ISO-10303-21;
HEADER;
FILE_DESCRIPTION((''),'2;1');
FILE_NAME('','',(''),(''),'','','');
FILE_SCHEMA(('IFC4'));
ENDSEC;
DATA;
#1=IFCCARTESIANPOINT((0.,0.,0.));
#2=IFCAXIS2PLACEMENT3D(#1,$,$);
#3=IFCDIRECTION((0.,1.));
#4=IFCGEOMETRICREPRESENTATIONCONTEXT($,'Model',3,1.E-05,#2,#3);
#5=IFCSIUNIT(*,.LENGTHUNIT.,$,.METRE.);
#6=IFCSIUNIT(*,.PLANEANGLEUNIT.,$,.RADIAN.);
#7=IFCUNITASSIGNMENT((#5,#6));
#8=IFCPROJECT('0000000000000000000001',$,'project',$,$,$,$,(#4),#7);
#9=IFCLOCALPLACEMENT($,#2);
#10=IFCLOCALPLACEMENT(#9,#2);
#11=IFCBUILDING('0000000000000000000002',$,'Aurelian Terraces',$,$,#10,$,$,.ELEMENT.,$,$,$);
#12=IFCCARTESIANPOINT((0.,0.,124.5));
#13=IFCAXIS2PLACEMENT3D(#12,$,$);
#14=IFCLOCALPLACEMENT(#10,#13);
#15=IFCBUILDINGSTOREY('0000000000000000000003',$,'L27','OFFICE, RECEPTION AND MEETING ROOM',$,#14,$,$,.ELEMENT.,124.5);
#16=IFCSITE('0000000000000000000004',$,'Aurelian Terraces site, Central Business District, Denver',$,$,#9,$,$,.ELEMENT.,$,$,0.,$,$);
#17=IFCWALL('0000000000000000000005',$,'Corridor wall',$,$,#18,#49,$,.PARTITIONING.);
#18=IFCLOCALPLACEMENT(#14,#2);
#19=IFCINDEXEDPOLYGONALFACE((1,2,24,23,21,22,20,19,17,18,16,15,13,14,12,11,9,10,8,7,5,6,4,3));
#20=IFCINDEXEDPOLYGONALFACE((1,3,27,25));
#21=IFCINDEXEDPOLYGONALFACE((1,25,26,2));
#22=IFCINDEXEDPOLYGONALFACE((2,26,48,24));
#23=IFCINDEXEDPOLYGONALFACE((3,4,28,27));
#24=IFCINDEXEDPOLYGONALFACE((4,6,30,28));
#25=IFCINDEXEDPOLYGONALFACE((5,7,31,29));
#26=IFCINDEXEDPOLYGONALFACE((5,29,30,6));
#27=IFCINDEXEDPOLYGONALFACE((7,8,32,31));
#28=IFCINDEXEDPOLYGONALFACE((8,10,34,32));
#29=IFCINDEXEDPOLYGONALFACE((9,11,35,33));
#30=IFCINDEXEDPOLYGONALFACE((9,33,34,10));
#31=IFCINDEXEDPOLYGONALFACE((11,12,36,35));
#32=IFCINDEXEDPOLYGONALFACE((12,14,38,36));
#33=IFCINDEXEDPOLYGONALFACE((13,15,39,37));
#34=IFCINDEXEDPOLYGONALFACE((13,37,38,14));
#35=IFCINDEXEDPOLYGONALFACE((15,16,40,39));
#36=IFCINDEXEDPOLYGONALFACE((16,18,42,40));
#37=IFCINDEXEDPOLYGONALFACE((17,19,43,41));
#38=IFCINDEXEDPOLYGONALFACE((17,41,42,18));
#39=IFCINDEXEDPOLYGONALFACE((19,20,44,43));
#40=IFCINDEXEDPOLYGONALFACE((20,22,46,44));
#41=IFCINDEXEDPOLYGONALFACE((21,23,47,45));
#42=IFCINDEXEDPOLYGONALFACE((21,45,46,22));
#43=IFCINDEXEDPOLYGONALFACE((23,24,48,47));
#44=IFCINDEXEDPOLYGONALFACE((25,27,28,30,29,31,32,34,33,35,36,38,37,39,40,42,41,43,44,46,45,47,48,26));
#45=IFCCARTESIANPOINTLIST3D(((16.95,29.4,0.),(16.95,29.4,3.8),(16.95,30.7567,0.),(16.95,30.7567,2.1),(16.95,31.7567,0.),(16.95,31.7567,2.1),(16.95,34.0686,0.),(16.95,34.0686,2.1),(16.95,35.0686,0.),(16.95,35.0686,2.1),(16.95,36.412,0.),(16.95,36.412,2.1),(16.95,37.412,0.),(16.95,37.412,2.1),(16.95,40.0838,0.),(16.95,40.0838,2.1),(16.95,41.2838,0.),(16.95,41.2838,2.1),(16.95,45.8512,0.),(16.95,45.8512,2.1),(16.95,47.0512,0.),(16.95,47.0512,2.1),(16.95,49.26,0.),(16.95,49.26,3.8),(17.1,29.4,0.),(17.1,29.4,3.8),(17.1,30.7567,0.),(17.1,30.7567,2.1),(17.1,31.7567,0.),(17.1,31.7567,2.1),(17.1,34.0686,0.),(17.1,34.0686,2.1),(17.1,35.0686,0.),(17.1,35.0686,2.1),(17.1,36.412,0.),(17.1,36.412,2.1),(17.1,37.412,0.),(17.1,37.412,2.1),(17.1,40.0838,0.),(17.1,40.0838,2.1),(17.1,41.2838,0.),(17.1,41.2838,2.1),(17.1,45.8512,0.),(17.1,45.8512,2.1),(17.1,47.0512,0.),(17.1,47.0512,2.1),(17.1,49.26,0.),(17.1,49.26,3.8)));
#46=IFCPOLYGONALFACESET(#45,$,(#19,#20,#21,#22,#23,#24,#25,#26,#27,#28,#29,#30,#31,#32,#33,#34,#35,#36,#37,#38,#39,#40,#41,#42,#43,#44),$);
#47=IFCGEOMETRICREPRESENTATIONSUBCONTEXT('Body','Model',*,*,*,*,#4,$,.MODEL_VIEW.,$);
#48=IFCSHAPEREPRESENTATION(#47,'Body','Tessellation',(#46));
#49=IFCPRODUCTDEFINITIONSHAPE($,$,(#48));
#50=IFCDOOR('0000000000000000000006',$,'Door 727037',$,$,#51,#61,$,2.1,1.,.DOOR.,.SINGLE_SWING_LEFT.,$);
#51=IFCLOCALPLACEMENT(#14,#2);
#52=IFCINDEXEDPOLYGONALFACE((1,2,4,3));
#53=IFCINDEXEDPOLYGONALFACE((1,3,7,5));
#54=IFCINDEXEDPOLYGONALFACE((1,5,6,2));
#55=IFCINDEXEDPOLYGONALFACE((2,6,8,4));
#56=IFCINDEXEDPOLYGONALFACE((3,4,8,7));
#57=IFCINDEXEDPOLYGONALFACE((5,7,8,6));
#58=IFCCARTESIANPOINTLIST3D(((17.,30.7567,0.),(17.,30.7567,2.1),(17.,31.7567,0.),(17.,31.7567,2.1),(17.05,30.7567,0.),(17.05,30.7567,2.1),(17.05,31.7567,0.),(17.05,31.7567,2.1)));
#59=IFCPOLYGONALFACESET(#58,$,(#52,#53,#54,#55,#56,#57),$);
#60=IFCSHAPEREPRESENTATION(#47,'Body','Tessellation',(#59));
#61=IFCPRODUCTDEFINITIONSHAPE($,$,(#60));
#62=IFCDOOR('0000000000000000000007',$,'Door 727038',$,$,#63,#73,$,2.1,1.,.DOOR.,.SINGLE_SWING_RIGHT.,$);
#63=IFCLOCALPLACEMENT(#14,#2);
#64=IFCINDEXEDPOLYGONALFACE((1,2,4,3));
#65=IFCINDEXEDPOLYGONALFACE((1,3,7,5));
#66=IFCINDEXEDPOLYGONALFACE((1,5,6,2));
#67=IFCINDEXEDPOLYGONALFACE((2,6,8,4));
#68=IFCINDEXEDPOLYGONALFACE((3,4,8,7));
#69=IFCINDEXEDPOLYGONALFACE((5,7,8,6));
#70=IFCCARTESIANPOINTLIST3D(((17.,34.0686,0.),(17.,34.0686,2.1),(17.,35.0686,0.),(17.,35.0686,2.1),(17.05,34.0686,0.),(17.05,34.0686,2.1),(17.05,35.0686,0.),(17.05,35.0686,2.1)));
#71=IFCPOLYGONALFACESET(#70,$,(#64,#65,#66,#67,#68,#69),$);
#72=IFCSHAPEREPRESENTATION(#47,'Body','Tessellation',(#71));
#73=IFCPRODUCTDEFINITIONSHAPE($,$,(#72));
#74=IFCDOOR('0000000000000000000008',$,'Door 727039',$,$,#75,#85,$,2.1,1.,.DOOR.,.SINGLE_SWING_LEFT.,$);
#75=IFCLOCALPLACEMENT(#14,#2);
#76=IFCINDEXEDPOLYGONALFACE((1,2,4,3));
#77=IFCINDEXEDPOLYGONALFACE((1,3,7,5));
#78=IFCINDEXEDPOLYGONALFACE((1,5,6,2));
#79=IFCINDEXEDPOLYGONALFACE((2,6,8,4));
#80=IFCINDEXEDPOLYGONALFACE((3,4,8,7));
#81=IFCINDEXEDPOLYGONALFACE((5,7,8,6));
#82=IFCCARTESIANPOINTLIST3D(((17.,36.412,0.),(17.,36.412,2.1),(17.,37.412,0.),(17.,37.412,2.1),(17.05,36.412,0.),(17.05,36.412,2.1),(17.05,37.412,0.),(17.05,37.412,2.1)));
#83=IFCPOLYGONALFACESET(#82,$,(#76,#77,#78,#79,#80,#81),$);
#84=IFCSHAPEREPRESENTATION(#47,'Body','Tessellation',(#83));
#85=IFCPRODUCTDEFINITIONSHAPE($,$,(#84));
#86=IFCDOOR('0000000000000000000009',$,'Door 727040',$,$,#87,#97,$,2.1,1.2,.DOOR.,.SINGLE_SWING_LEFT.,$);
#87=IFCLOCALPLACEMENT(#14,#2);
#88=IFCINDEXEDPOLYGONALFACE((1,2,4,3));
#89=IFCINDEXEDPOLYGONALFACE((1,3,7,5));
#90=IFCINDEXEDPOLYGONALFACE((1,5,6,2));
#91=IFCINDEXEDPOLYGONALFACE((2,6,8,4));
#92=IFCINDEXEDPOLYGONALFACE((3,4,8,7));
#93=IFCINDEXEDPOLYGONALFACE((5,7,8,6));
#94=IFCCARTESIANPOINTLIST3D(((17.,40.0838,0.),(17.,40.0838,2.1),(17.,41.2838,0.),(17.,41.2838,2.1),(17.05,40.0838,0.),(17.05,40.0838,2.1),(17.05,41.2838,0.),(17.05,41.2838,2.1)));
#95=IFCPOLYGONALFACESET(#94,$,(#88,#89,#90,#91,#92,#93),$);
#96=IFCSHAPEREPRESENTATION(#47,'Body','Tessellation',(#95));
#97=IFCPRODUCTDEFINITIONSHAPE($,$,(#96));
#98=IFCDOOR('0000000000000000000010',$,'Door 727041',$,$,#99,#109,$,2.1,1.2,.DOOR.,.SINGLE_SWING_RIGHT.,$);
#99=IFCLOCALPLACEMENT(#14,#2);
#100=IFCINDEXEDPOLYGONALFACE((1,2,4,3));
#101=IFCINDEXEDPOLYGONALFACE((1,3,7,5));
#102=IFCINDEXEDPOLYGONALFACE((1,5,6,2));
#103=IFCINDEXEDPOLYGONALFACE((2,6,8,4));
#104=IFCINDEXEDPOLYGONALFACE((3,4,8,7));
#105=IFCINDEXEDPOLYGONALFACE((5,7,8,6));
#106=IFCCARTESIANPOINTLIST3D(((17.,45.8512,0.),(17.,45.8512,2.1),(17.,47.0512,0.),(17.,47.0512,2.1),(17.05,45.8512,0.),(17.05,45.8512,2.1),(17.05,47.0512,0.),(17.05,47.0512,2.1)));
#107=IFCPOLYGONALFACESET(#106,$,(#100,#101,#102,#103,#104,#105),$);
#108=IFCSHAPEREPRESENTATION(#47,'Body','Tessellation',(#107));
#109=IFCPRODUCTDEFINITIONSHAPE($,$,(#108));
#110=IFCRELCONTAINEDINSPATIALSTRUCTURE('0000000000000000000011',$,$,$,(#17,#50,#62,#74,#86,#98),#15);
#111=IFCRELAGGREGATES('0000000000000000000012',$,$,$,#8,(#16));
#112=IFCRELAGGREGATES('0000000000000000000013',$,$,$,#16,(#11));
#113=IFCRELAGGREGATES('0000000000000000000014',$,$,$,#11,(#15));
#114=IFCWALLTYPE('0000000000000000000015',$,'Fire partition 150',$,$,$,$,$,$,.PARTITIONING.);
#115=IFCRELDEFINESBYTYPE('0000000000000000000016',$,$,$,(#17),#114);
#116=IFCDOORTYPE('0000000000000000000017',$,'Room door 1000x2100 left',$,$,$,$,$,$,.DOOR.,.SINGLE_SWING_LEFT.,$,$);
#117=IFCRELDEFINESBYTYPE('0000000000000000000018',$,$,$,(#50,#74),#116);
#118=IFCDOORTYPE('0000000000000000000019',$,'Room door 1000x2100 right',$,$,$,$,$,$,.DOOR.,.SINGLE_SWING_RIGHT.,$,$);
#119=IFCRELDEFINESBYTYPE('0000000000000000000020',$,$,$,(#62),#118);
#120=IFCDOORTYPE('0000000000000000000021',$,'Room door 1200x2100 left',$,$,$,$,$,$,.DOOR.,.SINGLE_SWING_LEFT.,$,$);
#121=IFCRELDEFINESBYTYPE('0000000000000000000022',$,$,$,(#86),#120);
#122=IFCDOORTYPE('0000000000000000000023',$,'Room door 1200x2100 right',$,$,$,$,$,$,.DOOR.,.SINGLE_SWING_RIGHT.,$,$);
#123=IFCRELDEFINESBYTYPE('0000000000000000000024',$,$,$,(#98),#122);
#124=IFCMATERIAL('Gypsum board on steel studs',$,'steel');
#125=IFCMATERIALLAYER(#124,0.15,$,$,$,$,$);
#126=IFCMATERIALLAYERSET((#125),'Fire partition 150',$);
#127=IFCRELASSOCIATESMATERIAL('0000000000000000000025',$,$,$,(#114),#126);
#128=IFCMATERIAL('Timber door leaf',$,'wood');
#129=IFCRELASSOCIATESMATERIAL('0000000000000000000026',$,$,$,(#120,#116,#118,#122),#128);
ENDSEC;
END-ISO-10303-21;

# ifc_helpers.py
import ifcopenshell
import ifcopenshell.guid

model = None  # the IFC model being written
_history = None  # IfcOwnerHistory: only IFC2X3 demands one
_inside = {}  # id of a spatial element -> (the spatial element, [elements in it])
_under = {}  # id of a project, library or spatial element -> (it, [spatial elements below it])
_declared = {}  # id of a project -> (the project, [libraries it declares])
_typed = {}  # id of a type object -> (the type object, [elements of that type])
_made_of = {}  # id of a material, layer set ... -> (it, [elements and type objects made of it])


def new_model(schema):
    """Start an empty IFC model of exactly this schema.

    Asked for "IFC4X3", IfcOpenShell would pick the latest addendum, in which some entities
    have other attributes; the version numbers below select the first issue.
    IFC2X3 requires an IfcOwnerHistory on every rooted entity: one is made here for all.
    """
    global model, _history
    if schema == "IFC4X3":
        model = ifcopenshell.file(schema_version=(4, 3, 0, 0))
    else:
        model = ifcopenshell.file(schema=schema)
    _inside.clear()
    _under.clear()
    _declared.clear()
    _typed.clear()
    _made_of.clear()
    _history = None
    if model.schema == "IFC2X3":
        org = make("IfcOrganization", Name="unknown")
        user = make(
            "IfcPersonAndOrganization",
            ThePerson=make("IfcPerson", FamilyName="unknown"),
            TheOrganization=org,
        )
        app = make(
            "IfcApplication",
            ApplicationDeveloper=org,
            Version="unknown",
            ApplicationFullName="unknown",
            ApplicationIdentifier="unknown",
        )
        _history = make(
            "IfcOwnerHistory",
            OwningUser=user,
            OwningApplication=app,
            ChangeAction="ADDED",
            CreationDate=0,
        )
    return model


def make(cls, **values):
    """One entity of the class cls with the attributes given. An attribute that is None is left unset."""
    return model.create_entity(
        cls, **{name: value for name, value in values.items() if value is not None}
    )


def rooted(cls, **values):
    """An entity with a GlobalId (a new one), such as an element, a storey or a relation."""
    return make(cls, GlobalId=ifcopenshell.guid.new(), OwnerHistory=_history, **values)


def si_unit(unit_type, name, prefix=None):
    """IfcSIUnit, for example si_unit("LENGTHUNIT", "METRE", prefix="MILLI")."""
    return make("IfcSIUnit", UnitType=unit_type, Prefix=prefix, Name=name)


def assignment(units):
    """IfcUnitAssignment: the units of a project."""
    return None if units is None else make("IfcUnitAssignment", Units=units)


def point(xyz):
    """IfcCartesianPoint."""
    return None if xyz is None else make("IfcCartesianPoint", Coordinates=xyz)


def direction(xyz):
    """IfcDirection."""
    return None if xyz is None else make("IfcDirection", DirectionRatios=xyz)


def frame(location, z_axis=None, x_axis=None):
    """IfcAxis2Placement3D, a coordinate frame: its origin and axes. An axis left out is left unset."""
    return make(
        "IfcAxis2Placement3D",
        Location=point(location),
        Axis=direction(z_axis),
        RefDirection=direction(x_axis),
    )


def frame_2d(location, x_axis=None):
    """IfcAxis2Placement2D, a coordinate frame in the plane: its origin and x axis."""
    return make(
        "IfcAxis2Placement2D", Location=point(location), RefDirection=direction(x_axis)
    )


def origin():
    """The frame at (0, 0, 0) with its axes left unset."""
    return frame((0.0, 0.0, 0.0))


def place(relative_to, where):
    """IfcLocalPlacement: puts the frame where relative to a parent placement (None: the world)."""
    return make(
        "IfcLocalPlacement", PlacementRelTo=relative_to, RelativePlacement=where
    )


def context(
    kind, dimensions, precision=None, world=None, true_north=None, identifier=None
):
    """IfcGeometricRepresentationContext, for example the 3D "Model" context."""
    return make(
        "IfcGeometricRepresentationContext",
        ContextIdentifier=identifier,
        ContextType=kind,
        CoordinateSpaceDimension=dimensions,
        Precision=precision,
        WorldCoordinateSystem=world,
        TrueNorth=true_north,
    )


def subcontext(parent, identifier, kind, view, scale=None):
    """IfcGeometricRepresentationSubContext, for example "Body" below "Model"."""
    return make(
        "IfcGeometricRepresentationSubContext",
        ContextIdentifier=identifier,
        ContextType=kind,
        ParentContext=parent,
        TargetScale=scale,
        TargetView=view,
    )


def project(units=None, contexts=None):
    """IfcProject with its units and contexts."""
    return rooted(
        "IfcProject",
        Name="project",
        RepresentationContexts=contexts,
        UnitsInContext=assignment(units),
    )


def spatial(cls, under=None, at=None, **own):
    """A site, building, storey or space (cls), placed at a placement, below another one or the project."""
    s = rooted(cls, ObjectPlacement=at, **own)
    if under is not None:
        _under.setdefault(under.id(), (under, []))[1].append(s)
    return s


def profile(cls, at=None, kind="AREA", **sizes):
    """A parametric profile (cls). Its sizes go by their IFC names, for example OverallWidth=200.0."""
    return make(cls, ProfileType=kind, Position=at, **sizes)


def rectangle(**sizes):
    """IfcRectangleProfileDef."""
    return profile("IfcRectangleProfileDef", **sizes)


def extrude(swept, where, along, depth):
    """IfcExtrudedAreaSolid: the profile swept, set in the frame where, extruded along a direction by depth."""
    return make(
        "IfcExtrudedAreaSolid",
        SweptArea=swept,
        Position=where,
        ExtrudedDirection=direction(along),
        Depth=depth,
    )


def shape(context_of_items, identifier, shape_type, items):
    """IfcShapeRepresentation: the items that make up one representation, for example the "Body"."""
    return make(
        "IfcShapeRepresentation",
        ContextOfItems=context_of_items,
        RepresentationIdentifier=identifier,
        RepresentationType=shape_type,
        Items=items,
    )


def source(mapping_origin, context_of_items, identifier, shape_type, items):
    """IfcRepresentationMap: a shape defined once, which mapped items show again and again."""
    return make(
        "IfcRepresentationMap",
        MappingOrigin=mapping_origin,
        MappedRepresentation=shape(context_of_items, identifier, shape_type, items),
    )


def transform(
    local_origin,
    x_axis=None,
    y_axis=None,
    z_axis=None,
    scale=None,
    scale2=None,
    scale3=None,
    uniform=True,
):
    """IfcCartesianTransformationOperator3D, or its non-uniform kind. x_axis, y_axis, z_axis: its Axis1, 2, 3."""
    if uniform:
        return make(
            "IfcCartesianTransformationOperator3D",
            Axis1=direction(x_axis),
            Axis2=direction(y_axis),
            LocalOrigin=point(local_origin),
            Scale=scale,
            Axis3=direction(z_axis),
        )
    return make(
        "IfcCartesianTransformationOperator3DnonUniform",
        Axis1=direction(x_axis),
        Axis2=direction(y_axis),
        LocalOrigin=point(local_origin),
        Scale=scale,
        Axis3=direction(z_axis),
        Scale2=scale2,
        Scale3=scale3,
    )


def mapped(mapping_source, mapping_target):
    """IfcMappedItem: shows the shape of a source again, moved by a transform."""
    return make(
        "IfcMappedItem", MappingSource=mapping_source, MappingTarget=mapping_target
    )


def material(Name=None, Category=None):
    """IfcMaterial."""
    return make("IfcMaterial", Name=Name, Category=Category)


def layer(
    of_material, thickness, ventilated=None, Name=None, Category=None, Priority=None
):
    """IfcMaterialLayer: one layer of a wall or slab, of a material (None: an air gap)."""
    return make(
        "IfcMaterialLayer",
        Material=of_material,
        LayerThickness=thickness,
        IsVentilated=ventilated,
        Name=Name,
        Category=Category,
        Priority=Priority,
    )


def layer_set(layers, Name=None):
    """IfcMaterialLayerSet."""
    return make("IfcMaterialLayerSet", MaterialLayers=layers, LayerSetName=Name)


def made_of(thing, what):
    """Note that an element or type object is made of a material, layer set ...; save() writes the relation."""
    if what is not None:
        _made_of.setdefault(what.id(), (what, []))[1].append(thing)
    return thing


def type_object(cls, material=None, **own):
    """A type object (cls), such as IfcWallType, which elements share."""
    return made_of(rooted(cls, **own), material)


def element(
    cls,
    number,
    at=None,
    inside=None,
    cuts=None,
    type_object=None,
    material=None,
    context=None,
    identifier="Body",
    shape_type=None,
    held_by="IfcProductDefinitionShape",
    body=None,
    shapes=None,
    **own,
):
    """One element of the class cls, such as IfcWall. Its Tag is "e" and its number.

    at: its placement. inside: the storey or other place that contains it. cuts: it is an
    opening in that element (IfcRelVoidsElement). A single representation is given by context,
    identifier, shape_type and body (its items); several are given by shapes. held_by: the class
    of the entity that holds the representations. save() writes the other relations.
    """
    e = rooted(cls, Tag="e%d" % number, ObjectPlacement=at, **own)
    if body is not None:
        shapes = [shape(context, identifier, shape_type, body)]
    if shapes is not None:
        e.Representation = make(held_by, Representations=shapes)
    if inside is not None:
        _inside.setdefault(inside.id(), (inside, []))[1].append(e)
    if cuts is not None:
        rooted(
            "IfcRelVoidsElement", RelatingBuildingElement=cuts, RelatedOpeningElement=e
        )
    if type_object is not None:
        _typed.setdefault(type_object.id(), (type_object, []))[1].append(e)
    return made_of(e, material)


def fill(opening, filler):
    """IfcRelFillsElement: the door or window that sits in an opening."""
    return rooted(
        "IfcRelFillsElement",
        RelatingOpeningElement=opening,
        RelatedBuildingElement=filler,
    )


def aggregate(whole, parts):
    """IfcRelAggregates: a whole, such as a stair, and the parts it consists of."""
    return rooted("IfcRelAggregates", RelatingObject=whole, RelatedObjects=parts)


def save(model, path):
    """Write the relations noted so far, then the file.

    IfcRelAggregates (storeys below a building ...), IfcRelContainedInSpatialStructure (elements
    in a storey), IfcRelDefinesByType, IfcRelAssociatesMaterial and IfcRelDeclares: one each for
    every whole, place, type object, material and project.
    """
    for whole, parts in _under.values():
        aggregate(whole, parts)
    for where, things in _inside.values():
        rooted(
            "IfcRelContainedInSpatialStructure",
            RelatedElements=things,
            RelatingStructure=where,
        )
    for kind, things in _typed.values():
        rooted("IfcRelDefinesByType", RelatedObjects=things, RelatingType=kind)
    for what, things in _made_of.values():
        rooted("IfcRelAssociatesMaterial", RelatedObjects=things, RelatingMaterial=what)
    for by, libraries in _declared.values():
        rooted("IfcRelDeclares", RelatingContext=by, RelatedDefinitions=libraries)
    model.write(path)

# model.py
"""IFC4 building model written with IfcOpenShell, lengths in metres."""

from ifc_helpers import new_model, si_unit, direction, frame, frame_2d, origin, place, context, subcontext, project, spatial, rectangle, extrude, source, transform, mapped, material, layer, layer_set, type_object, element, fill, save


model = new_model("IFC4")

# Units and contexts
model_context = context("Model", 3, precision=1e-05, world=origin(), true_north=direction((0.0, 1.0)))
body_context = subcontext(model_context, "Body", "Model", "MODEL_VIEW")
ifc_project = project(units=[si_unit("LENGTHUNIT", "METRE"), si_unit("PLANEANGLEUNIT", "RADIAN")], contexts=[model_context])

# Site, building, storey
site_placement = place(None, origin())
site = spatial("IfcSite", under=ifc_project, at=site_placement, Name="Aurelian Terraces site, Central Business District, Denver", CompositionType="ELEMENT", RefElevation=0.0)
building_placement = place(site_placement, origin())
building = spatial("IfcBuilding", under=site, at=building_placement, Name="Aurelian Terraces", CompositionType="ELEMENT")
storey_placement = place(building_placement, frame((0.0, 0.0, 124.5)))
storey = spatial("IfcBuildingStorey", under=building, at=storey_placement, Name="L27", Description="OFFICE, RECEPTION AND MEETING ROOM", CompositionType="ELEMENT", Elevation=124.5)

# Shared definitions
ifc_material_1 = material(Name="Gypsum board on steel studs", Category="steel")
ifc_material_2 = material(Name="Timber door leaf", Category="wood")

# Shared definitions
ifc_layer_1 = layer(ifc_material_1, 0.15)
ifc_layer_set_1 = layer_set([ifc_layer_1], Name="Fire partition 150")
wall_type_1 = type_object("IfcWallType", Name="Fire partition 150", PredefinedType="PARTITIONING", material=ifc_layer_set_1)
shared_shape_1 = source(origin(), body_context, "Body", "SweptSolid", [
    extrude(rectangle(XDim=1.2, YDim=2.1, at=frame_2d((0.6, 1.05))), frame((0.0, 0.085, 0.0), z_axis=(0.0, -1.0, 0.0), x_axis=(1.0, 0.0, 0.0)), (0.0, 0.0, 1.0), 0.17),
])
door_type_1 = type_object("IfcDoorType", Name="Room door 1200x2100 left", OperationType="SINGLE_SWING_LEFT", PredefinedType="DOOR", material=ifc_material_2)
shared_shape_2 = source(origin(), body_context, "Body", "SweptSolid", [
    extrude(rectangle(XDim=1.2, YDim=2.1, at=frame_2d((0.6, 1.05))), frame((0.0, 0.025, 0.0), z_axis=(0.0, -1.0, 0.0), x_axis=(1.0, 0.0, 0.0)), (0.0, 0.0, 1.0), 0.05),
])

# Wall, openings, doors
shared_shape_3 = source(origin(), body_context, "Body", "SweptSolid", [
    extrude(rectangle(XDim=19.86, YDim=0.15, at=frame_2d((9.93, 0.0))), origin(), (0.0, 0.0, 1.0), 3.8),
])
wall_1_placement = place(storey_placement, frame((17.025, 49.26, 0.0), z_axis=(0.0, 0.0, 1.0), x_axis=(0.0, -1.0, 0.0)))
wall_1 = element("IfcWall", 1, at=wall_1_placement, inside=storey, type_object=wall_type_1, Name="Corridor wall", PredefinedType="PARTITIONING", context=body_context, shape_type="MappedRepresentation", body=[
    mapped(shared_shape_3, transform((0.0, 0.0, 0.0), scale=1.0)),
])
shared_shape_4 = source(origin(), body_context, "Body", "SweptSolid", [
    extrude(rectangle(XDim=1.0, YDim=2.1, at=frame_2d((0.5, 1.05))), frame((0.0, 0.085, 0.0), z_axis=(0.0, -1.0, 0.0), x_axis=(1.0, 0.0, 0.0)), (0.0, 0.0, 1.0), 0.17),
])
opening_1_placement = place(wall_1_placement, frame((17.5033, 0.0, 0.0)))
opening_1 = element("IfcOpeningElement", 2, at=opening_1_placement, cuts=wall_1, PredefinedType="OPENING", context=body_context, shape_type="MappedRepresentation", body=[
    mapped(shared_shape_4, transform((0.0, 0.0, 0.0), scale=1.0)),
])
opening_2_placement = place(wall_1_placement, frame((14.1914, 0.0, 0.0)))
opening_2 = element("IfcOpeningElement", 3, at=opening_2_placement, cuts=wall_1, PredefinedType="OPENING", context=body_context, shape_type="MappedRepresentation", body=[
    mapped(shared_shape_4, transform((0.0, 0.0, 0.0), scale=1.0)),
])
opening_3_placement = place(wall_1_placement, frame((11.848, 0.0, 0.0)))
opening_3 = element("IfcOpeningElement", 4, at=opening_3_placement, cuts=wall_1, PredefinedType="OPENING", context=body_context, shape_type="MappedRepresentation", body=[
    mapped(shared_shape_4, transform((0.0, 0.0, 0.0), scale=1.0)),
])
opening_4_placement = place(wall_1_placement, frame((7.9762, 0.0, 0.0)))
opening_4 = element("IfcOpeningElement", 5, at=opening_4_placement, cuts=wall_1, PredefinedType="OPENING", context=body_context, shape_type="MappedRepresentation", body=[
    mapped(shared_shape_1, transform((0.0, 0.0, 0.0), scale=1.0)),
])
opening_5_placement = place(wall_1_placement, frame((2.2088, 0.0, 0.0)))
opening_5 = element("IfcOpeningElement", 6, at=opening_5_placement, cuts=wall_1, PredefinedType="OPENING", context=body_context, shape_type="MappedRepresentation", body=[
    mapped(shared_shape_1, transform((0.0, 0.0, 0.0), scale=1.0)),
])
door_type_2 = type_object("IfcDoorType", Name="Room door 1000x2100 left", OperationType="SINGLE_SWING_LEFT", PredefinedType="DOOR", material=ifc_material_2)
shared_shape_5 = source(origin(), body_context, "Body", "SweptSolid", [
    extrude(rectangle(XDim=1.0, YDim=2.1, at=frame_2d((0.5, 1.05))), frame((0.0, 0.025, 0.0), z_axis=(0.0, -1.0, 0.0), x_axis=(1.0, 0.0, 0.0)), (0.0, 0.0, 1.0), 0.05),
])
door_1_placement = place(opening_1_placement, origin())
door_1 = element("IfcDoor", 7, at=door_1_placement, inside=storey, type_object=door_type_2, Name="Door 727037", OperationType="SINGLE_SWING_LEFT", OverallHeight=2.1, OverallWidth=1.0, PredefinedType="DOOR", context=body_context, shape_type="MappedRepresentation", body=[
    mapped(shared_shape_5, transform((0.0, 0.0, 0.0), scale=1.0)),
])
fill(opening_1, door_1)
door_type_3 = type_object("IfcDoorType", Name="Room door 1000x2100 right", OperationType="SINGLE_SWING_RIGHT", PredefinedType="DOOR", material=ifc_material_2)
door_2_placement = place(opening_2_placement, origin())
door_2 = element("IfcDoor", 8, at=door_2_placement, inside=storey, type_object=door_type_3, Name="Door 727038", OperationType="SINGLE_SWING_RIGHT", OverallHeight=2.1, OverallWidth=1.0, PredefinedType="DOOR", context=body_context, shape_type="MappedRepresentation", body=[
    mapped(shared_shape_5, transform((0.0, 0.0, 0.0), scale=1.0)),
])
fill(opening_2, door_2)
door_3_placement = place(opening_3_placement, origin())
door_3 = element("IfcDoor", 9, at=door_3_placement, inside=storey, type_object=door_type_2, Name="Door 727039", OperationType="SINGLE_SWING_LEFT", OverallHeight=2.1, OverallWidth=1.0, PredefinedType="DOOR", context=body_context, shape_type="MappedRepresentation", body=[
    mapped(shared_shape_5, transform((0.0, 0.0, 0.0), scale=1.0)),
])
fill(opening_3, door_3)
door_4_placement = place(opening_4_placement, origin())
door_4 = element("IfcDoor", 10, at=door_4_placement, inside=storey, type_object=door_type_1, Name="Door 727040", OperationType="SINGLE_SWING_LEFT", OverallHeight=2.1, OverallWidth=1.2, PredefinedType="DOOR", context=body_context, shape_type="MappedRepresentation", body=[
    mapped(shared_shape_2, transform((0.0, 0.0, 0.0), scale=1.0)),
])
fill(opening_4, door_4)
door_type_4 = type_object("IfcDoorType", Name="Room door 1200x2100 right", OperationType="SINGLE_SWING_RIGHT", PredefinedType="DOOR", material=ifc_material_2)
door_5_placement = place(opening_5_placement, origin())
door_5 = element("IfcDoor", 11, at=door_5_placement, inside=storey, type_object=door_type_4, Name="Door 727041", OperationType="SINGLE_SWING_RIGHT", OverallHeight=2.1, OverallWidth=1.2, PredefinedType="DOOR", context=body_context, shape_type="MappedRepresentation", body=[
    mapped(shared_shape_2, transform((0.0, 0.0, 0.0), scale=1.0)),
])
fill(opening_5, door_5)

save(model, "model.ifc")
